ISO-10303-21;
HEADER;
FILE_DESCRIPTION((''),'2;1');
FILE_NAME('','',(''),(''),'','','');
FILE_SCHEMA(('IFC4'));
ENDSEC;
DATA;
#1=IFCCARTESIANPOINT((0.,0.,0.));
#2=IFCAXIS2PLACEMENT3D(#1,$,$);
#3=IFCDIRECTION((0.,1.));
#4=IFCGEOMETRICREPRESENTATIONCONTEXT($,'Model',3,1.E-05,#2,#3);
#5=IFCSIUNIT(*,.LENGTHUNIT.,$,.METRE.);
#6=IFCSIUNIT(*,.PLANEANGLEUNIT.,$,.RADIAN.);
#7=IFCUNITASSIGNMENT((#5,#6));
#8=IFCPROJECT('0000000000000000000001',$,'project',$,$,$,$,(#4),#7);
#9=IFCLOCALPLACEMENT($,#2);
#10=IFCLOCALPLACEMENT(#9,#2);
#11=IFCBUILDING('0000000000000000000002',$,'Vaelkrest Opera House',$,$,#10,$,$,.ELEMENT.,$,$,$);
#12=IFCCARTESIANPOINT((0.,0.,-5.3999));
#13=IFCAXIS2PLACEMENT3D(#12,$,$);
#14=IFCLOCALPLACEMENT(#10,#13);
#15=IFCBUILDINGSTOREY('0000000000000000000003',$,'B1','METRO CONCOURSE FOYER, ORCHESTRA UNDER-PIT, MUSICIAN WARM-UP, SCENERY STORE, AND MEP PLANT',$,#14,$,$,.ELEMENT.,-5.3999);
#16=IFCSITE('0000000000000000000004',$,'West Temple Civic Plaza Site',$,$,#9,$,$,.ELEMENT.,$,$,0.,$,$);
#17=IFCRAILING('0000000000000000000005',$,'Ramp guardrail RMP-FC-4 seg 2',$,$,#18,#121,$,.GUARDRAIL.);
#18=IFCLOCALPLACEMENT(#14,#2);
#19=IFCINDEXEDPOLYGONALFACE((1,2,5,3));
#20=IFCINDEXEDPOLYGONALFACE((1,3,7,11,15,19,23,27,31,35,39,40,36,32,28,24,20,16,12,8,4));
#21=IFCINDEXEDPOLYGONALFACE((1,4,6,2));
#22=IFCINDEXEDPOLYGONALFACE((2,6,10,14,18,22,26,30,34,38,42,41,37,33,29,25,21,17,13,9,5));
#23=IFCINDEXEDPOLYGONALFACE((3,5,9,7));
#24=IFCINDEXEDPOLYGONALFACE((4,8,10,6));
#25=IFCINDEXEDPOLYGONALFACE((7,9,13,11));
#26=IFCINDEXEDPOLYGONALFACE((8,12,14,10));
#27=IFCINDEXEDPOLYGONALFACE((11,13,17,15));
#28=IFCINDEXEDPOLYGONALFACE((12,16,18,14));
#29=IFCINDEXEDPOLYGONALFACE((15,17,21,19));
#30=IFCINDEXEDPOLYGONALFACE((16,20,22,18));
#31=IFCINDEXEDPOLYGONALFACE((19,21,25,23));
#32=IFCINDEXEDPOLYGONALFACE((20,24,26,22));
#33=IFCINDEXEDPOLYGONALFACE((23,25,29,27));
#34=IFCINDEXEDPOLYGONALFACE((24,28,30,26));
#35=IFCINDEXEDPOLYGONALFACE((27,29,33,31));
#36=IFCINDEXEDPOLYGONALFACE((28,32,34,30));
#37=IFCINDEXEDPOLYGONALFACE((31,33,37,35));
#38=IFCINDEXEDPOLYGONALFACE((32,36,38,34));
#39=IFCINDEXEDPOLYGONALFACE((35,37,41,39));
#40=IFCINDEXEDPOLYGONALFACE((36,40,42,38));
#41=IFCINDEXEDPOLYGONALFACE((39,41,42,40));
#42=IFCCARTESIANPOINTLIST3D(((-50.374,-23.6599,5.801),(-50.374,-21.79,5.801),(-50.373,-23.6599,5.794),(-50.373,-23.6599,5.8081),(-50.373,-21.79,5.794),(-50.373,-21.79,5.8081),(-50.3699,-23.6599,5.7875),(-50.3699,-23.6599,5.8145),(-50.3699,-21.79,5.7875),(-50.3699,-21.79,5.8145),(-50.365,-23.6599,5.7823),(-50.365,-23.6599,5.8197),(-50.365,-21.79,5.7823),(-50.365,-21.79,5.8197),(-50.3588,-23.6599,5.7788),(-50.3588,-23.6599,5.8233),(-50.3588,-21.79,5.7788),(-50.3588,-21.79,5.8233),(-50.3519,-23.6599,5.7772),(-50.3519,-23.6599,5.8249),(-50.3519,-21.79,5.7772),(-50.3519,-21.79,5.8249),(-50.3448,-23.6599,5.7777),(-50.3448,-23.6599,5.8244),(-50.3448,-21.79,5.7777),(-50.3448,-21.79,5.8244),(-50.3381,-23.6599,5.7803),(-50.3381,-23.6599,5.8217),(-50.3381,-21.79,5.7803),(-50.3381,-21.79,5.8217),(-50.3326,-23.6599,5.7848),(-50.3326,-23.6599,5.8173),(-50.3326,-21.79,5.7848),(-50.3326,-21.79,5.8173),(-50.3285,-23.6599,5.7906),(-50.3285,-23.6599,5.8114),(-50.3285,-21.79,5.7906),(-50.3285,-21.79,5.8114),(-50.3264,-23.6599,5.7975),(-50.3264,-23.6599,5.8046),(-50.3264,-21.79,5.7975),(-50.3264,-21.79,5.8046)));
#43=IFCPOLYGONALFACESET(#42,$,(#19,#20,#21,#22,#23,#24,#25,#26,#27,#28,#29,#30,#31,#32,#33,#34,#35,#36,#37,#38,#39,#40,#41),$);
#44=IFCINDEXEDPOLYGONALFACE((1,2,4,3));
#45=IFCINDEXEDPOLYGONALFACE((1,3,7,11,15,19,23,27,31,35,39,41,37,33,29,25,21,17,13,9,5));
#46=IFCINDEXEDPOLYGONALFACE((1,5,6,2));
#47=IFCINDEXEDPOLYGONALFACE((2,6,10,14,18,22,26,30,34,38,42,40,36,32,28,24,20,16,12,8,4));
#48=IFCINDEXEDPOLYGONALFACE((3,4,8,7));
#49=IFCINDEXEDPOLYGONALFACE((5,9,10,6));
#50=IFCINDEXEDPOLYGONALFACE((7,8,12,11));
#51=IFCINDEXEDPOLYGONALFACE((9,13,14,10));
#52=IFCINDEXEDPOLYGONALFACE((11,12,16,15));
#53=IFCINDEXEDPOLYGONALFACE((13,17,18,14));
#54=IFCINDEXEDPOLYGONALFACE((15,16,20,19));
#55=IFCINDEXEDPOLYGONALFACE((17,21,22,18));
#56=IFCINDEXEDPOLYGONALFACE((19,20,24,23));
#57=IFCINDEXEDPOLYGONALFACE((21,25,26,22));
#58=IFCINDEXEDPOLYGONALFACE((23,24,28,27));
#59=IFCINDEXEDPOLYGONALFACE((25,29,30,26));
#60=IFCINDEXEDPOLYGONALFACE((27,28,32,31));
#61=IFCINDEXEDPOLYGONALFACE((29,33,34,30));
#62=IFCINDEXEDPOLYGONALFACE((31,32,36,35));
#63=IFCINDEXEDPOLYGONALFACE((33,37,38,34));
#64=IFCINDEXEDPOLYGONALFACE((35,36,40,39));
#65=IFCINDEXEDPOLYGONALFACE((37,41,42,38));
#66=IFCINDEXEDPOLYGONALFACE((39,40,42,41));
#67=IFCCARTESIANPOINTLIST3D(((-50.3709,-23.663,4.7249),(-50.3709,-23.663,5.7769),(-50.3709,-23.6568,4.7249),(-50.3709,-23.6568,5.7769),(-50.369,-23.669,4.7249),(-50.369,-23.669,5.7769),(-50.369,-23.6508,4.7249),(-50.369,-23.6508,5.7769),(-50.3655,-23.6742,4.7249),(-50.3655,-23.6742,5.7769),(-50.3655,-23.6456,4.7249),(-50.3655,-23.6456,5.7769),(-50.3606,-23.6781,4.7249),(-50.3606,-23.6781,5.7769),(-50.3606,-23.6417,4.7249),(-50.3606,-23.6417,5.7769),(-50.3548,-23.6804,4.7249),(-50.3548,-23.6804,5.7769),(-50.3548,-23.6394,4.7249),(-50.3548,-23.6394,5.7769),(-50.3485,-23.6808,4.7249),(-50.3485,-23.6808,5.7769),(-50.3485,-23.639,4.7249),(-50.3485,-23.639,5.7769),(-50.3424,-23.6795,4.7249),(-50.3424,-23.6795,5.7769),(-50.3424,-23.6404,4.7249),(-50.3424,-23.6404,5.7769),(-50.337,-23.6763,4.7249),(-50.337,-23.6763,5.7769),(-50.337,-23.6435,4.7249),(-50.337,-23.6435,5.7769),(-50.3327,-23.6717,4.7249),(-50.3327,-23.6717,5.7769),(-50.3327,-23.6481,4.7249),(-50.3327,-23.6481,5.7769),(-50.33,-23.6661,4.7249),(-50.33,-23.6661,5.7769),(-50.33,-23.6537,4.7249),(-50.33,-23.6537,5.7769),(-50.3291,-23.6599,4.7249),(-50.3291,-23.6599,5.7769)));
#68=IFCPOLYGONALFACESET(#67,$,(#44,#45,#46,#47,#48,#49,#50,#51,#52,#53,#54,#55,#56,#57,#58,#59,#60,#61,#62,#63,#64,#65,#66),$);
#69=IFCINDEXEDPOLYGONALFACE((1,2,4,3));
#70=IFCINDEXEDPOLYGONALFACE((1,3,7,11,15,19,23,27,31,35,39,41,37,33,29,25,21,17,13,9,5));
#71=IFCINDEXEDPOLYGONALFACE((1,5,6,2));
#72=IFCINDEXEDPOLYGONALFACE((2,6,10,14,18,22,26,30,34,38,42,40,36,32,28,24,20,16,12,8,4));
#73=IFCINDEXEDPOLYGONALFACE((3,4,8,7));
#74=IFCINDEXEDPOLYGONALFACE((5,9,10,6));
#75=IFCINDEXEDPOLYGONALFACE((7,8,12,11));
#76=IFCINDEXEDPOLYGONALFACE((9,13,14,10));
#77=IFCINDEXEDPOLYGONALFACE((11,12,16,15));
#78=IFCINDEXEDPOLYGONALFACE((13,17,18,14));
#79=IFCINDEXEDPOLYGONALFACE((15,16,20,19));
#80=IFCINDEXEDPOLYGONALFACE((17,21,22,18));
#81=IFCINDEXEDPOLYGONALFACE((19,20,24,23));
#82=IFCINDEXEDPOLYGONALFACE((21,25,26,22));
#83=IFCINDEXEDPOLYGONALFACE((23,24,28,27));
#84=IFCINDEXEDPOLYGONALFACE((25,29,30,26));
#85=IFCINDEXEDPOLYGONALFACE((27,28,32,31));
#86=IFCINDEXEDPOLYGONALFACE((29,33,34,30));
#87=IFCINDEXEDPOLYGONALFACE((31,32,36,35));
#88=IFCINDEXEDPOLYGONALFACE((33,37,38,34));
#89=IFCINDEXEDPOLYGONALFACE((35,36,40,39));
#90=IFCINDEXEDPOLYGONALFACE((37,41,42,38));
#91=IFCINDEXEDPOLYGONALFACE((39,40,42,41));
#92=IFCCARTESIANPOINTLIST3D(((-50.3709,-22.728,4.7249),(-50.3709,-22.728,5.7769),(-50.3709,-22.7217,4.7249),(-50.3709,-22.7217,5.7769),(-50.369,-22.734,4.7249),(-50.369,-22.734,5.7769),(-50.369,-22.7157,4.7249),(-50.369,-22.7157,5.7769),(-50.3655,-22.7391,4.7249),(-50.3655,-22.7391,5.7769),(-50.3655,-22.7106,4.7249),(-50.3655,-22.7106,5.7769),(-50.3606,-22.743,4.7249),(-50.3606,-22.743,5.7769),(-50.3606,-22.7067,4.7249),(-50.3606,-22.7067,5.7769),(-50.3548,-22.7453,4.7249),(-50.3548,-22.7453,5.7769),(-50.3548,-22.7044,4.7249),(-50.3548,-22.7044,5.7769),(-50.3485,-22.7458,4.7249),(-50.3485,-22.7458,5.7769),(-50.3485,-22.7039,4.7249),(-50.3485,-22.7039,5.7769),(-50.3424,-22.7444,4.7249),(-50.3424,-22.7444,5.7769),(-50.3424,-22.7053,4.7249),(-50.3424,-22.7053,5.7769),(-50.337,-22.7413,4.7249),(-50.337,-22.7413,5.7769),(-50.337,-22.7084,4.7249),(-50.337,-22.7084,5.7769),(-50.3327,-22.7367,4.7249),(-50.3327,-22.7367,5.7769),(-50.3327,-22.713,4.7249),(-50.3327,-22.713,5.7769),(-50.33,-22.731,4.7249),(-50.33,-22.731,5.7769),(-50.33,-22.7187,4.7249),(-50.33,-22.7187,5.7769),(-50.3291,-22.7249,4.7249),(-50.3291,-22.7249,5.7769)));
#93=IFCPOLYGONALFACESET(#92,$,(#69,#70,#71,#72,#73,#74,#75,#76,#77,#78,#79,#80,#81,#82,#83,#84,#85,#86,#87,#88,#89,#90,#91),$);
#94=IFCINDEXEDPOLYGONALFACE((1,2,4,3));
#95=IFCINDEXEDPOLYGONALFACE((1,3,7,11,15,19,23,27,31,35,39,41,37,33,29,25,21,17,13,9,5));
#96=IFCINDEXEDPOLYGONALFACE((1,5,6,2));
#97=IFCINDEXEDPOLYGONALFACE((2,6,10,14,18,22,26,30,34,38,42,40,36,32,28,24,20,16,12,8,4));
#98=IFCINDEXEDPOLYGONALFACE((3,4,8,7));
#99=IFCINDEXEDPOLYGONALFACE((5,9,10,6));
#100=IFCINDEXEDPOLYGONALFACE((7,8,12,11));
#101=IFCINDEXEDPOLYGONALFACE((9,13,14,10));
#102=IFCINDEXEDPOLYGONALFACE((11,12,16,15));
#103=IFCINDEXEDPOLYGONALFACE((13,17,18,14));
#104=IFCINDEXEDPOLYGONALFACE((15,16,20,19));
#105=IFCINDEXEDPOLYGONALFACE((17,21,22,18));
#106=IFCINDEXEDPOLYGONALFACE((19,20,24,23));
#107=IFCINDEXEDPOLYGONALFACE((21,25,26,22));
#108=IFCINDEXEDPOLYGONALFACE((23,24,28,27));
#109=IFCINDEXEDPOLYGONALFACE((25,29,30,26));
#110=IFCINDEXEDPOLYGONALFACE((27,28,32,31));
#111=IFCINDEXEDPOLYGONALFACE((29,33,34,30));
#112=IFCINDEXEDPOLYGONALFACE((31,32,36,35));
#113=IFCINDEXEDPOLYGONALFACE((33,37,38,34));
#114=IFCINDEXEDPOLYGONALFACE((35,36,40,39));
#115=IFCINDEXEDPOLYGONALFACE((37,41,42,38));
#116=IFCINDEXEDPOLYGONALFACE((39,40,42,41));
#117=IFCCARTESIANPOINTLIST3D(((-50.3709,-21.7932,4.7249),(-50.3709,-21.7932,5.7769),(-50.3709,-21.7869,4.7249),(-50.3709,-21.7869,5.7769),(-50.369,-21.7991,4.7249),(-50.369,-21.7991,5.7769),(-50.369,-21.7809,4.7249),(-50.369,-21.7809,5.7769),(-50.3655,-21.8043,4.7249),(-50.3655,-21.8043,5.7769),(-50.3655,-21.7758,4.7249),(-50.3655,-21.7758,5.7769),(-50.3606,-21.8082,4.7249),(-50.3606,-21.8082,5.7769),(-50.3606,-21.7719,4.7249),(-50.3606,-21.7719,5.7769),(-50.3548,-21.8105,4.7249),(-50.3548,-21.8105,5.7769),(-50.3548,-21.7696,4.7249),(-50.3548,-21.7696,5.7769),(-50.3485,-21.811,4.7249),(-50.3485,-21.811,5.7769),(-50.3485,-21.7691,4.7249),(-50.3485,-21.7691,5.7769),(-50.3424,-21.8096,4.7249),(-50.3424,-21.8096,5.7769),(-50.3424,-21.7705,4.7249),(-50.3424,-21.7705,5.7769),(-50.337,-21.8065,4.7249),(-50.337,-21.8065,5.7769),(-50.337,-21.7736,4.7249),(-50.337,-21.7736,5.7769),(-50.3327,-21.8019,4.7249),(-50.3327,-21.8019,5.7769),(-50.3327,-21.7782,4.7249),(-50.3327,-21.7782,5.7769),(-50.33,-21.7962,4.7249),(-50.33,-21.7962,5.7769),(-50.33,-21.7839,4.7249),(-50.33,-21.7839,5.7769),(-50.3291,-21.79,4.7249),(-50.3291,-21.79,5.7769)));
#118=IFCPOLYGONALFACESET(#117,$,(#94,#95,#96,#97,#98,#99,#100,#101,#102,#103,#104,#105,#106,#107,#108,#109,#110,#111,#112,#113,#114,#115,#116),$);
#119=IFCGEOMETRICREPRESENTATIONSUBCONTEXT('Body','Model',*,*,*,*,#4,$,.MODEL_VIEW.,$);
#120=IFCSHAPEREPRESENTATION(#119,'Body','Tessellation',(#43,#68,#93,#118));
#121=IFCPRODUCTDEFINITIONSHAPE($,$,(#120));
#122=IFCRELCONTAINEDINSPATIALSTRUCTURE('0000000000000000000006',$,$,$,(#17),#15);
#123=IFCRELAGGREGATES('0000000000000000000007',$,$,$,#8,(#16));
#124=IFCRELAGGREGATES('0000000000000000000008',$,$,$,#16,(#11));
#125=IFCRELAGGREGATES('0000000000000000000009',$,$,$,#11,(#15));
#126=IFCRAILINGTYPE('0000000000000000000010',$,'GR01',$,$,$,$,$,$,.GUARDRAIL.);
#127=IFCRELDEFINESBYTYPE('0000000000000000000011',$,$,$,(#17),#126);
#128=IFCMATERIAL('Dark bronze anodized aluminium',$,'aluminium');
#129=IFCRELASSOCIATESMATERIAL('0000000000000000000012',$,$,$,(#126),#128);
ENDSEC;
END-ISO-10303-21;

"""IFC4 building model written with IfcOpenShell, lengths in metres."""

from ifc_helpers import new_model, si_unit, direction, frame, origin, origin_2d, place, context, subcontext, project, spatial, circle, extrude, material, type_object, element, save


model = new_model("IFC4")

# Units and contexts
model_context = context("Model", 3, precision=1e-05, world=origin(), true_north=direction((0.0, 1.0)))
body_context = subcontext(model_context, "Body", "Model", "MODEL_VIEW")
ifc_project = project(units=[si_unit("LENGTHUNIT", "METRE"), si_unit("PLANEANGLEUNIT", "RADIAN")], contexts=[model_context])

# Site, building, storey
site_placement = place(None, origin())
site = spatial("IfcSite", under=ifc_project, at=site_placement, Name="West Temple Civic Plaza Site", CompositionType="ELEMENT", RefElevation=0.0)
building_placement = place(site_placement, origin())
building = spatial("IfcBuilding", under=site, at=building_placement, Name="Vaelkrest Opera House", CompositionType="ELEMENT")
storey_placement = place(building_placement, frame((0.0, 0.0, -5.3999)))
storey = spatial("IfcBuildingStorey", under=building, at=storey_placement, Name="B1", Description="METRO CONCOURSE FOYER, ORCHESTRA UNDER-PIT, MUSICIAN WARM-UP, SCENERY STORE, AND MEP PLANT", CompositionType="ELEMENT", Elevation=-5.3999)

# Shared definitions
ifc_material_1 = material(Name="Dark bronze anodized aluminium", Category="aluminium")

# Railing
railing_type = type_object("IfcRailingType", Name="GR01", PredefinedType="GUARDRAIL", material=ifc_material_1)
railing_1_placement = place(storey_placement, frame((-50.3501, -23.6599, 4.7249)))
element("IfcRailing", 1, at=railing_1_placement, inside=storey, type_object=railing_type, Name="Ramp guardrail RMP-FC-4 seg 2", PredefinedType="GUARDRAIL", context=body_context, shape_type="SweptSolid", body=[
    extrude(circle(Radius=0.0239, at=origin_2d()), frame((0.0, 0.0, 1.0762), z_axis=(0.0, 1.0, 0.0), x_axis=(-1.0, 0.0, 0.0)), (0.0, 0.0, 1.0), 1.8699),
    extrude(circle(Radius=0.021, at=origin_2d()), origin(), (0.0, 0.0, 1.0), 1.052),
    extrude(circle(Radius=0.021, at=origin_2d()), frame((0.0, 0.9351, 0.0)), (0.0, 0.0, 1.0), 1.052),
    extrude(circle(Radius=0.021, at=origin_2d()), frame((0.0, 1.8699, 0.0)), (0.0, 0.0, 1.0), 1.052),
])

save(model, "model.ifc")
